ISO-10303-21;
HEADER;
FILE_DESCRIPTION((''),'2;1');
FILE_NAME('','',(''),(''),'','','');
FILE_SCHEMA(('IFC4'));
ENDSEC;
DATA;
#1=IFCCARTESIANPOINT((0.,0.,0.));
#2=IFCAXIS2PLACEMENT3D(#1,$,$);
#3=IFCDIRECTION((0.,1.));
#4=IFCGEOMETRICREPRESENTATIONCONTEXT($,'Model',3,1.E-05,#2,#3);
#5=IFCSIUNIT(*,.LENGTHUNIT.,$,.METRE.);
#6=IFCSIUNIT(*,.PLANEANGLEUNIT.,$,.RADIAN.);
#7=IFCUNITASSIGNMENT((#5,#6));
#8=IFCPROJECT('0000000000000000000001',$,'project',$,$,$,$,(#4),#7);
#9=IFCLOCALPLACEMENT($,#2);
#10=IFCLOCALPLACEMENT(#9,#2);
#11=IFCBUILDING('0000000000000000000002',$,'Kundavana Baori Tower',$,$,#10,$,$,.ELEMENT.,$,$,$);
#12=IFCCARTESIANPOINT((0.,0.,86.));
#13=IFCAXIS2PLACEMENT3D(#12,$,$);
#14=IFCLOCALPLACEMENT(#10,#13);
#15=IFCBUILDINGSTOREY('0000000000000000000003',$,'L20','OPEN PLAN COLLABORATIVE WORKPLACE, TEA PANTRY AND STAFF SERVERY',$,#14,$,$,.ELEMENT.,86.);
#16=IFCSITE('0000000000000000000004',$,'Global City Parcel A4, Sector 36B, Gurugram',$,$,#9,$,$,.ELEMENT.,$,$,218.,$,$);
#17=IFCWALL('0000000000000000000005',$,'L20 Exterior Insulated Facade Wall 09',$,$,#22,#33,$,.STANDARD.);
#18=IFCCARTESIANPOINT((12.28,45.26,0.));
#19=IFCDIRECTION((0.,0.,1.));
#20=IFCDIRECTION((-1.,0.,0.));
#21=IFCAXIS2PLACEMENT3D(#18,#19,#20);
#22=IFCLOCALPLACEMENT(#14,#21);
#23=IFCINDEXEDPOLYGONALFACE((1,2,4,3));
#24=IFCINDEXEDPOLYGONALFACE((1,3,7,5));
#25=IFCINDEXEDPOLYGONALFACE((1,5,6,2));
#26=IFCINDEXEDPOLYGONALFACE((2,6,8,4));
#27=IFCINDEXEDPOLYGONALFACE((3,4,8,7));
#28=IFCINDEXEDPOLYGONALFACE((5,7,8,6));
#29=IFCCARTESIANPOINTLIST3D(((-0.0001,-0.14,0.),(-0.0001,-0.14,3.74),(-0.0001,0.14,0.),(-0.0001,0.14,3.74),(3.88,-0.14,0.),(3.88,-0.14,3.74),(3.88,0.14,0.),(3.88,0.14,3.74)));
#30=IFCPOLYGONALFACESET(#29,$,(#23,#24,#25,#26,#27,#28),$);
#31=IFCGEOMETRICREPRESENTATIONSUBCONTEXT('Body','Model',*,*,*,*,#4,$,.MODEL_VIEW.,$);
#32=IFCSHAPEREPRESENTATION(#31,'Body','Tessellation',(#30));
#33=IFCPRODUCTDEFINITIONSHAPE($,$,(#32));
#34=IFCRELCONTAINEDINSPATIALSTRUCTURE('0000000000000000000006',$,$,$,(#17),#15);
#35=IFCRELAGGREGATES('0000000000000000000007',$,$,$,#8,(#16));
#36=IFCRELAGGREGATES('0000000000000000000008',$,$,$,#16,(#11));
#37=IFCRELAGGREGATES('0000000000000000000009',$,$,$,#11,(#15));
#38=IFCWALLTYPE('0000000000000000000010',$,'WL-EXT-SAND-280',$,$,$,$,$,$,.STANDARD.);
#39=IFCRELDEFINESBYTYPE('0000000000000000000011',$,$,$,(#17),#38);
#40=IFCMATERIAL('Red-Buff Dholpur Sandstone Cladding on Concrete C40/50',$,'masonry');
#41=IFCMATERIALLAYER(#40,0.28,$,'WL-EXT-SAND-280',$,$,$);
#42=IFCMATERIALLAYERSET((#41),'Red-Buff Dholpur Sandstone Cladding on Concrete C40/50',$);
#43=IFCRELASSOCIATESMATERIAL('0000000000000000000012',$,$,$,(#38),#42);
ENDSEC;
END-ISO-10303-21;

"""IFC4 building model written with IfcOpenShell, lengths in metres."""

from ifc_helpers import new_model, si_unit, direction, frame, frame_2d, origin, place, context, subcontext, project, spatial, rectangle, extrude, material, layer, layer_set, type_object, element, save


model = new_model("IFC4")

# Units and contexts
model_context = context("Model", 3, precision=1e-05, world=origin(), true_north=direction((0.0, 1.0)))
body_context = subcontext(model_context, "Body", "Model", "MODEL_VIEW")
ifc_project = project(units=[si_unit("LENGTHUNIT", "METRE"), si_unit("PLANEANGLEUNIT", "RADIAN")], contexts=[model_context])

# Site, building, storey
site_placement = place(None, origin())
site = spatial("IfcSite", under=ifc_project, at=site_placement, Name="Global City Parcel A4, Sector 36B, Gurugram", CompositionType="ELEMENT", RefElevation=218.0)
building_placement = place(site_placement, origin())
building = spatial("IfcBuilding", under=site, at=building_placement, Name="Kundavana Baori Tower", CompositionType="ELEMENT")
storey_placement = place(building_placement, frame((0.0, 0.0, 86.0)))
storey = spatial("IfcBuildingStorey", under=building, at=storey_placement, Name="L20", Description="OPEN PLAN COLLABORATIVE WORKPLACE, TEA PANTRY AND STAFF SERVERY", CompositionType="ELEMENT", Elevation=86.0)

# Wall
ifc_material_1 = material(Name="Red-Buff Dholpur Sandstone Cladding on Concrete C40/50", Category="masonry")
ifc_layer_1 = layer(ifc_material_1, 0.28, Name="WL-EXT-SAND-280")
ifc_layer_set_1 = layer_set([ifc_layer_1], Name="Red-Buff Dholpur Sandstone Cladding on Concrete C40/50")
wall_type_1 = type_object("IfcWallType", Name="WL-EXT-SAND-280", PredefinedType="STANDARD", material=ifc_layer_set_1)
wall_1_placement = place(storey_placement, frame((12.28, 45.26, 0.0), z_axis=(0.0, 0.0, 1.0), x_axis=(-1.0, 0.0, 0.0)))
element("IfcWall", 1, at=wall_1_placement, inside=storey, type_object=wall_type_1, Name="L20 Exterior Insulated Facade Wall 09", PredefinedType="STANDARD", context=body_context, shape_type="SweptSolid", body=[
    extrude(rectangle(XDim=3.8801, YDim=0.28, at=frame_2d((1.9399, 0.0))), origin(), (0.0, 0.0, 1.0), 3.74),
])

save(model, "model.ifc")
